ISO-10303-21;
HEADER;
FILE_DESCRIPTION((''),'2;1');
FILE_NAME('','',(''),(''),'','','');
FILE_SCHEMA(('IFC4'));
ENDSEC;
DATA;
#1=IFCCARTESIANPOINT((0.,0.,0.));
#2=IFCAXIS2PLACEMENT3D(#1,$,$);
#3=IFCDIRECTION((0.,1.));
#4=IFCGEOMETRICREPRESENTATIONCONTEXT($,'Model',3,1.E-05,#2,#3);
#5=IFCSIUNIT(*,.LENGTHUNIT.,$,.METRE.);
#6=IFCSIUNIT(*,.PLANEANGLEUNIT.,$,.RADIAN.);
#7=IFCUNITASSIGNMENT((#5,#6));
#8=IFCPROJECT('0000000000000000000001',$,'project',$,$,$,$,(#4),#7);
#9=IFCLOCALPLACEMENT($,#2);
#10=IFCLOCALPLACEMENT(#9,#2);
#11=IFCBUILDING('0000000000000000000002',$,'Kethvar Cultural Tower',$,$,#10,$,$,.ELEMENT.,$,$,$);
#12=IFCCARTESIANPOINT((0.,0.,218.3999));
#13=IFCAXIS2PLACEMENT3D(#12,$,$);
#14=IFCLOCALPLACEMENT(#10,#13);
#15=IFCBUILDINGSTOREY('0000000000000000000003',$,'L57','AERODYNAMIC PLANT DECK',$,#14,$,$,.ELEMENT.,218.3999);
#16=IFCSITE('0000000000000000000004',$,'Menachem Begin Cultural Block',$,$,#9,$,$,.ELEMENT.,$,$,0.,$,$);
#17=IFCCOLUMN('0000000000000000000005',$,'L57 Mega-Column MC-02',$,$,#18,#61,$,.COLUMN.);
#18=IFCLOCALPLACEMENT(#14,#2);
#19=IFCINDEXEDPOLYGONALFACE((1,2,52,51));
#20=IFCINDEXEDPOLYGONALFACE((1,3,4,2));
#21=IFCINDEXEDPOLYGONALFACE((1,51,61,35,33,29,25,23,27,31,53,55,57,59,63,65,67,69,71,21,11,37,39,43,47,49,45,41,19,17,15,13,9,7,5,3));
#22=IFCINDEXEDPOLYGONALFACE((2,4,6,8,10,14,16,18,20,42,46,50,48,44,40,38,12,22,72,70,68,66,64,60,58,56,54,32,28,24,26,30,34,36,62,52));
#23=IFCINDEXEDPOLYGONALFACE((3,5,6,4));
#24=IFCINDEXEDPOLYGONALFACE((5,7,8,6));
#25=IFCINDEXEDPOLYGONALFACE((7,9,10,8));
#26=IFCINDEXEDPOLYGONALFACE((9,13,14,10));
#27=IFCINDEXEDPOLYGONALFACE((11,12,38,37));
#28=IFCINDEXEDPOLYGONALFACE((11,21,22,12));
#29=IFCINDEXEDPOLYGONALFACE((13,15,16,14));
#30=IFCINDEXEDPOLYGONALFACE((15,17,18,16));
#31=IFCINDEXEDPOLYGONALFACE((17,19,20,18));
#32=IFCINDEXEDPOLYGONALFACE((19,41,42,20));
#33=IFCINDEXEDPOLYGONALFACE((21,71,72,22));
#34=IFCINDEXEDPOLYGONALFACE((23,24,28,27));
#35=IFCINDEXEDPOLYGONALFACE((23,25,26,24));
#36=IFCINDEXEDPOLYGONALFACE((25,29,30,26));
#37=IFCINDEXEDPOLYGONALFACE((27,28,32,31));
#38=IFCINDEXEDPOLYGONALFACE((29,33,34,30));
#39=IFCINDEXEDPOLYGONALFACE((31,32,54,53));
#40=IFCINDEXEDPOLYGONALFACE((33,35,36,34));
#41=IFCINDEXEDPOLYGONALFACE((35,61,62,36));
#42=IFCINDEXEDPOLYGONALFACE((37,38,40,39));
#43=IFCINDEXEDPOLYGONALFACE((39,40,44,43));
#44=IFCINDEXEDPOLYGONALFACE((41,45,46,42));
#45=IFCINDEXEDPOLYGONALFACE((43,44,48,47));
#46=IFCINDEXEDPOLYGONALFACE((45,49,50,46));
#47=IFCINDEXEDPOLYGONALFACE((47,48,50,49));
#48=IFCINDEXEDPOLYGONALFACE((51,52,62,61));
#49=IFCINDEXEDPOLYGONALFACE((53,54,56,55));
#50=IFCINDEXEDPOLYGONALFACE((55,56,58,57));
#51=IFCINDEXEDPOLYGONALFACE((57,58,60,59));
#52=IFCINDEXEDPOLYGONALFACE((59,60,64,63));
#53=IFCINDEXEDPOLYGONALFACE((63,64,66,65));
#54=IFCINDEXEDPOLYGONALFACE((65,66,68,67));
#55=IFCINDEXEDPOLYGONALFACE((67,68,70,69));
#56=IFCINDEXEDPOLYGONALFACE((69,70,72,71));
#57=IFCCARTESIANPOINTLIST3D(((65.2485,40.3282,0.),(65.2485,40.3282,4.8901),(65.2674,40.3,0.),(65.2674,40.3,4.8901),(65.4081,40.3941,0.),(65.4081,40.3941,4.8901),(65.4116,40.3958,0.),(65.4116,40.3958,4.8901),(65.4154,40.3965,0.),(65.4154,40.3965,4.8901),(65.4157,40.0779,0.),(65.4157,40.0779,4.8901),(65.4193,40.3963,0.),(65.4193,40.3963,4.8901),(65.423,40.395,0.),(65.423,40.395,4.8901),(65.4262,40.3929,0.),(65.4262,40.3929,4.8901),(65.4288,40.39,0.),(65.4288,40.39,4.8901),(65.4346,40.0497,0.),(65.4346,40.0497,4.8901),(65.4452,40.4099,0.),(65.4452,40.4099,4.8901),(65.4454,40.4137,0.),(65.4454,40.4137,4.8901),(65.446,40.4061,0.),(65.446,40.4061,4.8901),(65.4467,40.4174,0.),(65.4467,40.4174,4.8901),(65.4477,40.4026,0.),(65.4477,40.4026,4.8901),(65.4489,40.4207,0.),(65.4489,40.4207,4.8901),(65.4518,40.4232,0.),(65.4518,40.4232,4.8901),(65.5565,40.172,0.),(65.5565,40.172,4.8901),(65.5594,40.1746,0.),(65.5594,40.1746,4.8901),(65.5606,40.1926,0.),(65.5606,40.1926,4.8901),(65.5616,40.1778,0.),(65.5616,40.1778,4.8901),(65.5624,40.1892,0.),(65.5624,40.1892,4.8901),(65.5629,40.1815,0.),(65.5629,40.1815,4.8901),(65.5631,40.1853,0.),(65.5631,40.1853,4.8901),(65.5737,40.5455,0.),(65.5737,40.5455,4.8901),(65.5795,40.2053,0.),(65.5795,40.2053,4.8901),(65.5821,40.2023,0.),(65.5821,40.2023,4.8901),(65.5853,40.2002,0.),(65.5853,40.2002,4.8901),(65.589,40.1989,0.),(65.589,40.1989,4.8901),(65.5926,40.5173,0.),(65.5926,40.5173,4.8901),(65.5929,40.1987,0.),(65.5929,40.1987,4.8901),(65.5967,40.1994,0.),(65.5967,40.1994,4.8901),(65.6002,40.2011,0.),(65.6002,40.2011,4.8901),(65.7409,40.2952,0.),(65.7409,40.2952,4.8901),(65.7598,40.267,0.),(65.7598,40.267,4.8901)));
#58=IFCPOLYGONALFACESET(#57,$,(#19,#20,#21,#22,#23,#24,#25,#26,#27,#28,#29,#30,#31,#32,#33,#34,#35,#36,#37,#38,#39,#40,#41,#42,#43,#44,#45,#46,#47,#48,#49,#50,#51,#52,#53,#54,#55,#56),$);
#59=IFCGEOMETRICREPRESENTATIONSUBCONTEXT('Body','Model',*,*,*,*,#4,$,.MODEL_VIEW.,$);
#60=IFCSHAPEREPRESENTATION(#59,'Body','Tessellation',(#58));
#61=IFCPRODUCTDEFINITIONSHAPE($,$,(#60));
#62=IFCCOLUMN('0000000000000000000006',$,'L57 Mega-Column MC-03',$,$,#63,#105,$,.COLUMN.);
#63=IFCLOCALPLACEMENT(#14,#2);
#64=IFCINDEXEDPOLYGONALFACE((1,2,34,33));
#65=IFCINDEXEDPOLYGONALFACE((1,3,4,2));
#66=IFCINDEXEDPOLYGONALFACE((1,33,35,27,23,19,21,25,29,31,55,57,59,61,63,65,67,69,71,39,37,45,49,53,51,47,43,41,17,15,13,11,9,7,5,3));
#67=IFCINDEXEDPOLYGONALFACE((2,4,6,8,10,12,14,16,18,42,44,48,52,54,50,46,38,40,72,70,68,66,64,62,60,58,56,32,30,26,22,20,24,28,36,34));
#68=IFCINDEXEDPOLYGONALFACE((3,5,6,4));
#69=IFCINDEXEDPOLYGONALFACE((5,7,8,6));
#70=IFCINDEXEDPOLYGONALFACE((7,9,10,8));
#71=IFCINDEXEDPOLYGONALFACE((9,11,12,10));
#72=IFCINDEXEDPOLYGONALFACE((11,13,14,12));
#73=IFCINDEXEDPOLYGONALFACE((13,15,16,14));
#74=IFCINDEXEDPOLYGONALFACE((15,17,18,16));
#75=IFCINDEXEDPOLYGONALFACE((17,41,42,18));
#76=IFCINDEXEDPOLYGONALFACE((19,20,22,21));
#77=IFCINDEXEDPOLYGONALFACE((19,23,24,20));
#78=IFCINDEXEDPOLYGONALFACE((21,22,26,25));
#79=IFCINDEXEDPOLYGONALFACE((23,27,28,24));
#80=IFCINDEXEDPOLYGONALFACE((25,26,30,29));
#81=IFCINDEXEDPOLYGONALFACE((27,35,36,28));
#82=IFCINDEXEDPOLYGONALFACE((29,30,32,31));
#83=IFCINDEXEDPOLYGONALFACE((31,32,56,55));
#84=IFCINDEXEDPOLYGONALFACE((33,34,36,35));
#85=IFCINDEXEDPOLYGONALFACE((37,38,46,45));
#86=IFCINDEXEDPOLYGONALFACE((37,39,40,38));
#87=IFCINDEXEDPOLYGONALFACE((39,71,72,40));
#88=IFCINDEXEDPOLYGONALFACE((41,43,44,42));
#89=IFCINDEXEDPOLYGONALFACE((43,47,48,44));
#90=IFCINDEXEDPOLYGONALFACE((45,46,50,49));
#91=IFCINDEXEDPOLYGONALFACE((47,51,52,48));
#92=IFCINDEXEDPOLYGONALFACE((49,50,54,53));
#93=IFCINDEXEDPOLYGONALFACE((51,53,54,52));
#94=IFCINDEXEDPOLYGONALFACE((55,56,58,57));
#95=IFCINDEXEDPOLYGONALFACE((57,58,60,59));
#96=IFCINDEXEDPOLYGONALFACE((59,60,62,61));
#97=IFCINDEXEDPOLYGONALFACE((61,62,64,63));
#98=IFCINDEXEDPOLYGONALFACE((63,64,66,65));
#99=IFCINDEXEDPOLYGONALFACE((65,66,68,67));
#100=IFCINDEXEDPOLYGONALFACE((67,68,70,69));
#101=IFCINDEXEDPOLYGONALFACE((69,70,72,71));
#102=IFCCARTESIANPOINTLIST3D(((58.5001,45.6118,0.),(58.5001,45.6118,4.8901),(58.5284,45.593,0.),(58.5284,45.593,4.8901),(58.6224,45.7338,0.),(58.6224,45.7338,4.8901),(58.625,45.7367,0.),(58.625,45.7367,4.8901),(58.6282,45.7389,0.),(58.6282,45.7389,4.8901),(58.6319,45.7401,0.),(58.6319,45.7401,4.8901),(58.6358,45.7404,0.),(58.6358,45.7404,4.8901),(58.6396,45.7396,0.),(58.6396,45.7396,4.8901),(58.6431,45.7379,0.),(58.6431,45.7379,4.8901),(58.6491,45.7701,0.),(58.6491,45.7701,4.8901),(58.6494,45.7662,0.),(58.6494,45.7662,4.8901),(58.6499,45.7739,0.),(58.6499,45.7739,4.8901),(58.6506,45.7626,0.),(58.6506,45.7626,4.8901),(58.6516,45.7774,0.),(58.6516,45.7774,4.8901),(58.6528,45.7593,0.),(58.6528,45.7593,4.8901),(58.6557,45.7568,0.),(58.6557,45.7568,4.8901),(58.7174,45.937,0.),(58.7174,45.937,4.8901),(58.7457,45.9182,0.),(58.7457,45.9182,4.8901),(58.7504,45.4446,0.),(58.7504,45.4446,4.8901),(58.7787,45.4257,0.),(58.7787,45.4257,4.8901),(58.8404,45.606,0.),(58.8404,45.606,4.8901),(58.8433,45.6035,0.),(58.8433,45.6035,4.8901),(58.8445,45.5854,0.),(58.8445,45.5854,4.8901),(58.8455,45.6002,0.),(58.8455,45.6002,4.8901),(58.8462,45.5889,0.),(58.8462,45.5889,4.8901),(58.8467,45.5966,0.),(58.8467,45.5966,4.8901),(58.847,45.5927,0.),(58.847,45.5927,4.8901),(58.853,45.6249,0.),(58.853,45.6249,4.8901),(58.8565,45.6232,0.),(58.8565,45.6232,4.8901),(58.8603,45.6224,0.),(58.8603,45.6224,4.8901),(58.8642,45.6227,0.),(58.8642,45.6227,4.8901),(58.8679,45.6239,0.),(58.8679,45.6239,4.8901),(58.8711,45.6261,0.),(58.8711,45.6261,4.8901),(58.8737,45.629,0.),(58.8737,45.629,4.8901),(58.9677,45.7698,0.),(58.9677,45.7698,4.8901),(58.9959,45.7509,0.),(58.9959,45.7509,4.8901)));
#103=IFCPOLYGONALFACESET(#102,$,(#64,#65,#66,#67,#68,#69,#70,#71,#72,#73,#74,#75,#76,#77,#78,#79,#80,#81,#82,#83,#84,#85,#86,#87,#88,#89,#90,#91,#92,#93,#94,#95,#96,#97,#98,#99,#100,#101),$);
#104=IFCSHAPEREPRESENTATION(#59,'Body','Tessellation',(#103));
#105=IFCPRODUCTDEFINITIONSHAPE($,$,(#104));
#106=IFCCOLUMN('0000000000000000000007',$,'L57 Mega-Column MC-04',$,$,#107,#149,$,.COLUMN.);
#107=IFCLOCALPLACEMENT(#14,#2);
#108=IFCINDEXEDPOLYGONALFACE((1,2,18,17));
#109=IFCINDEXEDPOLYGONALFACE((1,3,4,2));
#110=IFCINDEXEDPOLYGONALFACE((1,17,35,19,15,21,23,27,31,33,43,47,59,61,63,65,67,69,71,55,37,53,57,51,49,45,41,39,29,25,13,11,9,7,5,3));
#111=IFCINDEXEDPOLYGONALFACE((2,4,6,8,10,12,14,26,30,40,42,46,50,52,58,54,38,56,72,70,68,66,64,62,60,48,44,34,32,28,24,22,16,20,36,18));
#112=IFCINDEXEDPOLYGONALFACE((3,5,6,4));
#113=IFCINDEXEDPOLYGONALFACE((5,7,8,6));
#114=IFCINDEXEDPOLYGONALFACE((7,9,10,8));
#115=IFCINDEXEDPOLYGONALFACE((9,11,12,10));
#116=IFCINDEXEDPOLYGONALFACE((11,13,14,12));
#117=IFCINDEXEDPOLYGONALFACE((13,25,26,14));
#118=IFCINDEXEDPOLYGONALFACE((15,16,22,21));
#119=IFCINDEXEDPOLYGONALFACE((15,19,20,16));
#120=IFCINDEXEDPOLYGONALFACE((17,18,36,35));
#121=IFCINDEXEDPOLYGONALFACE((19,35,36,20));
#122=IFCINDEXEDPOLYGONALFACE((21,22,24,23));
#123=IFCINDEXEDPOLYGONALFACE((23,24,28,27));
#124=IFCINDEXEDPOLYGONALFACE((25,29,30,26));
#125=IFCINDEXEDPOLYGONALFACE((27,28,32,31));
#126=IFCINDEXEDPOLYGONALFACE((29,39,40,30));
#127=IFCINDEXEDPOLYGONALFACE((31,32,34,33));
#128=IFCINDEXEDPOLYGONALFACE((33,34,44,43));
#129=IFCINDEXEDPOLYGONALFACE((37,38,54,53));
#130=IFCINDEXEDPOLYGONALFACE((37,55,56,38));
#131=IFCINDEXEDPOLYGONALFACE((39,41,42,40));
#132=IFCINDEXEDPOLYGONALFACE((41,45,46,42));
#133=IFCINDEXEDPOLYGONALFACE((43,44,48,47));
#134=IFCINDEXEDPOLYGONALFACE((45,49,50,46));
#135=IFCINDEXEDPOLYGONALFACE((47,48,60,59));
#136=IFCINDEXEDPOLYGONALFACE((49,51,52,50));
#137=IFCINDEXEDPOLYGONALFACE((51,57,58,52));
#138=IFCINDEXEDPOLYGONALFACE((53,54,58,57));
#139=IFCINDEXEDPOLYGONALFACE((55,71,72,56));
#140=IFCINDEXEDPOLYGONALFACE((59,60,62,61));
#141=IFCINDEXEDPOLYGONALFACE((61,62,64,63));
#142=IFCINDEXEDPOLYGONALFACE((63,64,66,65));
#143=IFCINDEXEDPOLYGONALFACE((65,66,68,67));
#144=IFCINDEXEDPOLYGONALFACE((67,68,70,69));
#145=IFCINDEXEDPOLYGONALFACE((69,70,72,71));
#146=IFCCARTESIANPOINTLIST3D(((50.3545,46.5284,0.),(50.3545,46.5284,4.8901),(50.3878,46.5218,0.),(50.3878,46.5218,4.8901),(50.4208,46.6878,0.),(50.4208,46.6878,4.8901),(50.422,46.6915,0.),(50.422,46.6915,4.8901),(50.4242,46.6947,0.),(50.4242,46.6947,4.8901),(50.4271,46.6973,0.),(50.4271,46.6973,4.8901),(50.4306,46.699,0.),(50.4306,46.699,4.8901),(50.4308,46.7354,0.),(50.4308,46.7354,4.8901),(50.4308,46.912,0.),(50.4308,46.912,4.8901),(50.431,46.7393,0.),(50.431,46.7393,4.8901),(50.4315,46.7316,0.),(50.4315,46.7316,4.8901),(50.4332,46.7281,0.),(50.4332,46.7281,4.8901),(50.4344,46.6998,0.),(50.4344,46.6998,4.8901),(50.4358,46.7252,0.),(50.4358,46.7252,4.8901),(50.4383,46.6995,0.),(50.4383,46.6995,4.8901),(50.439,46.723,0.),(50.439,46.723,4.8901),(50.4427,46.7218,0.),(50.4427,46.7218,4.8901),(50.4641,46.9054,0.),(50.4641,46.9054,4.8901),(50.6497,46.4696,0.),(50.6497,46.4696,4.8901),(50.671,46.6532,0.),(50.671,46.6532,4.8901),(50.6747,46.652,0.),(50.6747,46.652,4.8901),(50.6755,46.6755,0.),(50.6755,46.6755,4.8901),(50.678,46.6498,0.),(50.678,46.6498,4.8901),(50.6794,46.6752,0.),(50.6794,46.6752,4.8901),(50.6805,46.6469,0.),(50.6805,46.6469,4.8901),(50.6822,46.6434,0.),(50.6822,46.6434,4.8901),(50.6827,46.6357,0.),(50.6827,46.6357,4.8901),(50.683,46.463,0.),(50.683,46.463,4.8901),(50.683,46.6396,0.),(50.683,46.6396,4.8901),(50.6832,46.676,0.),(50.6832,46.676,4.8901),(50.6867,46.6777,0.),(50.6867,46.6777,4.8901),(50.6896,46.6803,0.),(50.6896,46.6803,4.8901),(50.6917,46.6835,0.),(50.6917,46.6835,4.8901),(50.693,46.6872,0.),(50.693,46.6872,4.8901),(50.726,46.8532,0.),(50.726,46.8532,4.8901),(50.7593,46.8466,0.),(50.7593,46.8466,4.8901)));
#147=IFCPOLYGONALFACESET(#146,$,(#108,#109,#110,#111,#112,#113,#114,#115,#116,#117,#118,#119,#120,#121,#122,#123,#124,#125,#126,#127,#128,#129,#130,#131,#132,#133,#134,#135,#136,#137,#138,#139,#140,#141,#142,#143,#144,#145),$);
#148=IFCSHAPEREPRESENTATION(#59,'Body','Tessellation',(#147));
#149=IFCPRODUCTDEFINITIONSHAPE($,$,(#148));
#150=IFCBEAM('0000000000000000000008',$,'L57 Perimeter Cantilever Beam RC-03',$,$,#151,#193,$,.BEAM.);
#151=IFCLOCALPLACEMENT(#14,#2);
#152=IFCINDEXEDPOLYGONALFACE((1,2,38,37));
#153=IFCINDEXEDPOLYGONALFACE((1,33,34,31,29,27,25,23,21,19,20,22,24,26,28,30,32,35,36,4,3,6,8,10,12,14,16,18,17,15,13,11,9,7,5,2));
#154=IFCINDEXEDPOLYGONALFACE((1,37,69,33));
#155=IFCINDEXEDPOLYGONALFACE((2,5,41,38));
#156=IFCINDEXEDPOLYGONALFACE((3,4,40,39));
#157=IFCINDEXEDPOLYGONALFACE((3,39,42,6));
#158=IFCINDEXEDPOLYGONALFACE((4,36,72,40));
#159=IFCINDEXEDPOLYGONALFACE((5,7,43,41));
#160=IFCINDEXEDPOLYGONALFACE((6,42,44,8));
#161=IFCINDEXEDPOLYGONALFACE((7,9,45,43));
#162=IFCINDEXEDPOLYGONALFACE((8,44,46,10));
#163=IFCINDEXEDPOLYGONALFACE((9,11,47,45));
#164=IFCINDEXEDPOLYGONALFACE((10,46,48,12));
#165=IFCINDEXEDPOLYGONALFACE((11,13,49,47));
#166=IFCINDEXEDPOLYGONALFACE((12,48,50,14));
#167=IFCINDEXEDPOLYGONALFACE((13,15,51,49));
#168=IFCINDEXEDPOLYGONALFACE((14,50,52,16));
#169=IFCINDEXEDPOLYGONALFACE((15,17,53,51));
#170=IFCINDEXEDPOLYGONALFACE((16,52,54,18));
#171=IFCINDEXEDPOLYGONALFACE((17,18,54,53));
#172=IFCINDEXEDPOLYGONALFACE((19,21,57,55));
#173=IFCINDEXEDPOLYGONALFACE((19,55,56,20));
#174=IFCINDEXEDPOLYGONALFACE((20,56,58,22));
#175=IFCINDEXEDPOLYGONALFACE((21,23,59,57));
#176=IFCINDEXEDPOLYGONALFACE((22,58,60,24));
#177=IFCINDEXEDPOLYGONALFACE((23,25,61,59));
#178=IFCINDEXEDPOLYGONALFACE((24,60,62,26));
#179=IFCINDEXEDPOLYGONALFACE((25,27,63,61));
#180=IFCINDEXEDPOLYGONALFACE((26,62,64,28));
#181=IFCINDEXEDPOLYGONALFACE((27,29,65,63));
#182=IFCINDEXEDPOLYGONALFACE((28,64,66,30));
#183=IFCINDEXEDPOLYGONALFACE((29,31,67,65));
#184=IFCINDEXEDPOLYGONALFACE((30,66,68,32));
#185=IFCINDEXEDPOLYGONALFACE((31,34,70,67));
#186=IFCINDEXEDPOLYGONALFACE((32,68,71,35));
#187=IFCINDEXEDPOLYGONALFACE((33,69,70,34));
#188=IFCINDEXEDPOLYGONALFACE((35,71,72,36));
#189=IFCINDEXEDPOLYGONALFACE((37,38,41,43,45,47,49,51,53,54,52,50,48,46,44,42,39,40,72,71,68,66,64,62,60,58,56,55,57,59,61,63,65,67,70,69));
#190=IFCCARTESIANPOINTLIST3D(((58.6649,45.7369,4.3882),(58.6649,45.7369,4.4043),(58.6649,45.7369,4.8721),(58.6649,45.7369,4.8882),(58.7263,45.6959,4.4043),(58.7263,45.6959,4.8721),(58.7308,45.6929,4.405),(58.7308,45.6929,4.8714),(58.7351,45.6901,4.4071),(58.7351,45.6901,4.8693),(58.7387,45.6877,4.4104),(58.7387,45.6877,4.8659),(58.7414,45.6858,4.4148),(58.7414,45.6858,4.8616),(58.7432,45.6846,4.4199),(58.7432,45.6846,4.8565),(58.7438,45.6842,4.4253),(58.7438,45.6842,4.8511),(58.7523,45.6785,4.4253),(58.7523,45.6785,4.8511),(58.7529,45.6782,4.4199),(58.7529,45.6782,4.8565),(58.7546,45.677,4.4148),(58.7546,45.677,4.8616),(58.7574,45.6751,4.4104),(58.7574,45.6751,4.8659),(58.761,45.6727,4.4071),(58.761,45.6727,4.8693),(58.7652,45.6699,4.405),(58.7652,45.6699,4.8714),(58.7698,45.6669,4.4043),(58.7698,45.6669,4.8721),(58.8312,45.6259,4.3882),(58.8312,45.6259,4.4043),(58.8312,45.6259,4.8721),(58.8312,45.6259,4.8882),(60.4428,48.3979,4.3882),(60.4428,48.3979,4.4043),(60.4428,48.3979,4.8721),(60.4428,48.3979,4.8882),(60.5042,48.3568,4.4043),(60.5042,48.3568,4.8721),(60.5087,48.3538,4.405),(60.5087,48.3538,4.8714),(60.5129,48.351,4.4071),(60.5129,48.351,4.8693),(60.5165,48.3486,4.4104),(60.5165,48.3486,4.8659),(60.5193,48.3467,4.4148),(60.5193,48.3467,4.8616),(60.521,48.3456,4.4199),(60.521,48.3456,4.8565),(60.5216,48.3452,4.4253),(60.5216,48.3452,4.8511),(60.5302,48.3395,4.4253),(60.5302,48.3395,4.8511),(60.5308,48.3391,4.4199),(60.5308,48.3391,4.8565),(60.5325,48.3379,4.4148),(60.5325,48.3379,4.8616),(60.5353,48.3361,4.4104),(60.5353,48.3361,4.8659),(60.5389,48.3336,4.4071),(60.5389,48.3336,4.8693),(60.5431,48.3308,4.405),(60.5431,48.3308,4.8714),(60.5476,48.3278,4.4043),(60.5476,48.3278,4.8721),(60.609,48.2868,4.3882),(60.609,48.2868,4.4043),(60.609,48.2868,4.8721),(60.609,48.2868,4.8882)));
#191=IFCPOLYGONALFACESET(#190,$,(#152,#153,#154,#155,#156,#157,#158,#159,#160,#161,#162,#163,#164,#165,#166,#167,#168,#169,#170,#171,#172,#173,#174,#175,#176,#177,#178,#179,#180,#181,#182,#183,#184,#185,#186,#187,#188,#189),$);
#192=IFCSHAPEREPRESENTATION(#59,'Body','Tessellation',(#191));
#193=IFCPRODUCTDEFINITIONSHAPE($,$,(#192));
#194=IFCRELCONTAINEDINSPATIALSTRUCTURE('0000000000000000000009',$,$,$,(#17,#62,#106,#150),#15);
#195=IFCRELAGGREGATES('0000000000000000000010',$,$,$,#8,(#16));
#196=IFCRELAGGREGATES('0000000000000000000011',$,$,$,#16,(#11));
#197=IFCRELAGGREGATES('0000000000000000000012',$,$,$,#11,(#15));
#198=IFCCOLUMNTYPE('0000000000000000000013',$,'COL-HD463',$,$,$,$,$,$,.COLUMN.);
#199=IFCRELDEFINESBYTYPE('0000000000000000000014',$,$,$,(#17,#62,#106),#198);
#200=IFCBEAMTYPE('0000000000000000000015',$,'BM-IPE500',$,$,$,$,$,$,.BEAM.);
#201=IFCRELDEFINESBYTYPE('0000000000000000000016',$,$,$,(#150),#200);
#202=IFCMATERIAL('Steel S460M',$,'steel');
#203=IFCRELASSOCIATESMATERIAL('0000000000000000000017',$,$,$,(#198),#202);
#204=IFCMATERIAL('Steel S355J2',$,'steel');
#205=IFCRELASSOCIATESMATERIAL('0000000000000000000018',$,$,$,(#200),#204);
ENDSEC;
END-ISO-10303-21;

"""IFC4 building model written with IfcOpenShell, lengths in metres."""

from ifc_helpers import new_model, si_unit, direction, frame, origin, origin_2d, place, context, subcontext, project, spatial, i_section, extrude, source, transform, mapped, material, material_profile, profile_set, type_object, element, save


model = new_model("IFC4")

# Units and contexts
model_context = context("Model", 3, precision=1e-05, world=origin(), true_north=direction((0.0, 1.0)))
body_context = subcontext(model_context, "Body", "Model", "MODEL_VIEW")
ifc_project = project(units=[si_unit("LENGTHUNIT", "METRE"), si_unit("PLANEANGLEUNIT", "RADIAN")], contexts=[model_context])

# Site, building, storey
site_placement = place(None, origin())
site = spatial("IfcSite", under=ifc_project, at=site_placement, Name="Menachem Begin Cultural Block", CompositionType="ELEMENT", RefElevation=0.0)
building_placement = place(site_placement, origin())
building = spatial("IfcBuilding", under=site, at=building_placement, Name="Kethvar Cultural Tower", CompositionType="ELEMENT")
storey_placement = place(building_placement, frame((0.0, 0.0, 218.3999)))
storey = spatial("IfcBuildingStorey", under=building, at=storey_placement, Name="L57", Description="AERODYNAMIC PLANT DECK", CompositionType="ELEMENT", Elevation=218.3999)

# Columns
ifc_material_1 = material(Name="Steel S460M", Category="steel")
ifc_material_profile_1 = material_profile(ifc_material_1, i_section(OverallWidth=0.3911, OverallDepth=0.335, WebThickness=0.0227, FlangeThickness=0.0339, FilletRadius=0.0149, at=origin_2d()), Name="Steel S460M — HD400x463")
ifc_profile_set_1 = profile_set([ifc_material_profile_1], Name="Steel S460M — HD400x463")
column_type = type_object("IfcColumnType", Name="COL-HD463", PredefinedType="COLUMN", material=ifc_profile_set_1)
shared_shape_1 = source(origin(), body_context, "Body", "SweptSolid", [
    extrude(i_section(OverallWidth=0.3911, OverallDepth=0.335, WebThickness=0.0227, FlangeThickness=0.0339, FilletRadius=0.0149, at=origin_2d()), origin(), (0.0, 0.0, 1.0), 4.8901),
])
for number, where, z_axis, x_axis, name in (
    (1, (65.5042, 40.2976, 0.0), (0.0, 0.0, 1.0), (0.83147, 0.55557, 0.0), "L57 Mega-Column MC-02"),
    (2, (58.748, 45.6814, 0.0), (0.0, 0.0, 1.0), (0.55557, 0.83147, 0.0), "L57 Mega-Column MC-03"),
    (3, (50.5569, 46.6875, 0.0), (0.0, 0.0, 1.0), (0.19509, 0.980785, 0.0), "L57 Mega-Column MC-04"),
):
    element("IfcColumn", number, at=place(storey_placement, frame(where, z_axis=z_axis, x_axis=x_axis)), inside=storey, type_object=column_type, Name=name, PredefinedType="COLUMN", context=body_context, shape_type="MappedRepresentation", body=[
        mapped(shared_shape_1, transform((0.0, 0.0, 0.0), scale=1.0)),
    ])

# Beam
ifc_material_2 = material(Name="Steel S355J2", Category="steel")
ifc_material_profile_2 = material_profile(ifc_material_2, i_section(OverallWidth=0.2, OverallDepth=0.5, WebThickness=0.0103, FlangeThickness=0.0161, FilletRadius=0.021, at=origin_2d()), Name="Steel S355J2 — IPE500")
ifc_profile_set_2 = profile_set([ifc_material_profile_2], Name="Steel S355J2 — IPE500")
beam_type_1 = type_object("IfcBeamType", Name="BM-IPE500", PredefinedType="BEAM", material=ifc_profile_set_2)
shared_shape_2 = source(origin(), body_context, "Body", "SweptSolid", [
    extrude(i_section(OverallWidth=0.2, OverallDepth=0.5, WebThickness=0.0103, FlangeThickness=0.0161, FilletRadius=0.021, at=origin_2d()), origin(), (0.0, 0.0, 1.0), 3.2002),
])
beam_1_placement = place(storey_placement, frame((58.748, 45.6814, 4.6382), z_axis=(0.555545, 0.831486, 0.0), x_axis=(-0.831486, 0.555545, 0.0)))
element("IfcBeam", 4, at=beam_1_placement, inside=storey, type_object=beam_type_1, Name="L57 Perimeter Cantilever Beam RC-03", PredefinedType="BEAM", context=body_context, shape_type="MappedRepresentation", body=[
    mapped(shared_shape_2, transform((0.0, 0.0, 0.0), scale=1.0)),
])

save(model, "model.ifc")
